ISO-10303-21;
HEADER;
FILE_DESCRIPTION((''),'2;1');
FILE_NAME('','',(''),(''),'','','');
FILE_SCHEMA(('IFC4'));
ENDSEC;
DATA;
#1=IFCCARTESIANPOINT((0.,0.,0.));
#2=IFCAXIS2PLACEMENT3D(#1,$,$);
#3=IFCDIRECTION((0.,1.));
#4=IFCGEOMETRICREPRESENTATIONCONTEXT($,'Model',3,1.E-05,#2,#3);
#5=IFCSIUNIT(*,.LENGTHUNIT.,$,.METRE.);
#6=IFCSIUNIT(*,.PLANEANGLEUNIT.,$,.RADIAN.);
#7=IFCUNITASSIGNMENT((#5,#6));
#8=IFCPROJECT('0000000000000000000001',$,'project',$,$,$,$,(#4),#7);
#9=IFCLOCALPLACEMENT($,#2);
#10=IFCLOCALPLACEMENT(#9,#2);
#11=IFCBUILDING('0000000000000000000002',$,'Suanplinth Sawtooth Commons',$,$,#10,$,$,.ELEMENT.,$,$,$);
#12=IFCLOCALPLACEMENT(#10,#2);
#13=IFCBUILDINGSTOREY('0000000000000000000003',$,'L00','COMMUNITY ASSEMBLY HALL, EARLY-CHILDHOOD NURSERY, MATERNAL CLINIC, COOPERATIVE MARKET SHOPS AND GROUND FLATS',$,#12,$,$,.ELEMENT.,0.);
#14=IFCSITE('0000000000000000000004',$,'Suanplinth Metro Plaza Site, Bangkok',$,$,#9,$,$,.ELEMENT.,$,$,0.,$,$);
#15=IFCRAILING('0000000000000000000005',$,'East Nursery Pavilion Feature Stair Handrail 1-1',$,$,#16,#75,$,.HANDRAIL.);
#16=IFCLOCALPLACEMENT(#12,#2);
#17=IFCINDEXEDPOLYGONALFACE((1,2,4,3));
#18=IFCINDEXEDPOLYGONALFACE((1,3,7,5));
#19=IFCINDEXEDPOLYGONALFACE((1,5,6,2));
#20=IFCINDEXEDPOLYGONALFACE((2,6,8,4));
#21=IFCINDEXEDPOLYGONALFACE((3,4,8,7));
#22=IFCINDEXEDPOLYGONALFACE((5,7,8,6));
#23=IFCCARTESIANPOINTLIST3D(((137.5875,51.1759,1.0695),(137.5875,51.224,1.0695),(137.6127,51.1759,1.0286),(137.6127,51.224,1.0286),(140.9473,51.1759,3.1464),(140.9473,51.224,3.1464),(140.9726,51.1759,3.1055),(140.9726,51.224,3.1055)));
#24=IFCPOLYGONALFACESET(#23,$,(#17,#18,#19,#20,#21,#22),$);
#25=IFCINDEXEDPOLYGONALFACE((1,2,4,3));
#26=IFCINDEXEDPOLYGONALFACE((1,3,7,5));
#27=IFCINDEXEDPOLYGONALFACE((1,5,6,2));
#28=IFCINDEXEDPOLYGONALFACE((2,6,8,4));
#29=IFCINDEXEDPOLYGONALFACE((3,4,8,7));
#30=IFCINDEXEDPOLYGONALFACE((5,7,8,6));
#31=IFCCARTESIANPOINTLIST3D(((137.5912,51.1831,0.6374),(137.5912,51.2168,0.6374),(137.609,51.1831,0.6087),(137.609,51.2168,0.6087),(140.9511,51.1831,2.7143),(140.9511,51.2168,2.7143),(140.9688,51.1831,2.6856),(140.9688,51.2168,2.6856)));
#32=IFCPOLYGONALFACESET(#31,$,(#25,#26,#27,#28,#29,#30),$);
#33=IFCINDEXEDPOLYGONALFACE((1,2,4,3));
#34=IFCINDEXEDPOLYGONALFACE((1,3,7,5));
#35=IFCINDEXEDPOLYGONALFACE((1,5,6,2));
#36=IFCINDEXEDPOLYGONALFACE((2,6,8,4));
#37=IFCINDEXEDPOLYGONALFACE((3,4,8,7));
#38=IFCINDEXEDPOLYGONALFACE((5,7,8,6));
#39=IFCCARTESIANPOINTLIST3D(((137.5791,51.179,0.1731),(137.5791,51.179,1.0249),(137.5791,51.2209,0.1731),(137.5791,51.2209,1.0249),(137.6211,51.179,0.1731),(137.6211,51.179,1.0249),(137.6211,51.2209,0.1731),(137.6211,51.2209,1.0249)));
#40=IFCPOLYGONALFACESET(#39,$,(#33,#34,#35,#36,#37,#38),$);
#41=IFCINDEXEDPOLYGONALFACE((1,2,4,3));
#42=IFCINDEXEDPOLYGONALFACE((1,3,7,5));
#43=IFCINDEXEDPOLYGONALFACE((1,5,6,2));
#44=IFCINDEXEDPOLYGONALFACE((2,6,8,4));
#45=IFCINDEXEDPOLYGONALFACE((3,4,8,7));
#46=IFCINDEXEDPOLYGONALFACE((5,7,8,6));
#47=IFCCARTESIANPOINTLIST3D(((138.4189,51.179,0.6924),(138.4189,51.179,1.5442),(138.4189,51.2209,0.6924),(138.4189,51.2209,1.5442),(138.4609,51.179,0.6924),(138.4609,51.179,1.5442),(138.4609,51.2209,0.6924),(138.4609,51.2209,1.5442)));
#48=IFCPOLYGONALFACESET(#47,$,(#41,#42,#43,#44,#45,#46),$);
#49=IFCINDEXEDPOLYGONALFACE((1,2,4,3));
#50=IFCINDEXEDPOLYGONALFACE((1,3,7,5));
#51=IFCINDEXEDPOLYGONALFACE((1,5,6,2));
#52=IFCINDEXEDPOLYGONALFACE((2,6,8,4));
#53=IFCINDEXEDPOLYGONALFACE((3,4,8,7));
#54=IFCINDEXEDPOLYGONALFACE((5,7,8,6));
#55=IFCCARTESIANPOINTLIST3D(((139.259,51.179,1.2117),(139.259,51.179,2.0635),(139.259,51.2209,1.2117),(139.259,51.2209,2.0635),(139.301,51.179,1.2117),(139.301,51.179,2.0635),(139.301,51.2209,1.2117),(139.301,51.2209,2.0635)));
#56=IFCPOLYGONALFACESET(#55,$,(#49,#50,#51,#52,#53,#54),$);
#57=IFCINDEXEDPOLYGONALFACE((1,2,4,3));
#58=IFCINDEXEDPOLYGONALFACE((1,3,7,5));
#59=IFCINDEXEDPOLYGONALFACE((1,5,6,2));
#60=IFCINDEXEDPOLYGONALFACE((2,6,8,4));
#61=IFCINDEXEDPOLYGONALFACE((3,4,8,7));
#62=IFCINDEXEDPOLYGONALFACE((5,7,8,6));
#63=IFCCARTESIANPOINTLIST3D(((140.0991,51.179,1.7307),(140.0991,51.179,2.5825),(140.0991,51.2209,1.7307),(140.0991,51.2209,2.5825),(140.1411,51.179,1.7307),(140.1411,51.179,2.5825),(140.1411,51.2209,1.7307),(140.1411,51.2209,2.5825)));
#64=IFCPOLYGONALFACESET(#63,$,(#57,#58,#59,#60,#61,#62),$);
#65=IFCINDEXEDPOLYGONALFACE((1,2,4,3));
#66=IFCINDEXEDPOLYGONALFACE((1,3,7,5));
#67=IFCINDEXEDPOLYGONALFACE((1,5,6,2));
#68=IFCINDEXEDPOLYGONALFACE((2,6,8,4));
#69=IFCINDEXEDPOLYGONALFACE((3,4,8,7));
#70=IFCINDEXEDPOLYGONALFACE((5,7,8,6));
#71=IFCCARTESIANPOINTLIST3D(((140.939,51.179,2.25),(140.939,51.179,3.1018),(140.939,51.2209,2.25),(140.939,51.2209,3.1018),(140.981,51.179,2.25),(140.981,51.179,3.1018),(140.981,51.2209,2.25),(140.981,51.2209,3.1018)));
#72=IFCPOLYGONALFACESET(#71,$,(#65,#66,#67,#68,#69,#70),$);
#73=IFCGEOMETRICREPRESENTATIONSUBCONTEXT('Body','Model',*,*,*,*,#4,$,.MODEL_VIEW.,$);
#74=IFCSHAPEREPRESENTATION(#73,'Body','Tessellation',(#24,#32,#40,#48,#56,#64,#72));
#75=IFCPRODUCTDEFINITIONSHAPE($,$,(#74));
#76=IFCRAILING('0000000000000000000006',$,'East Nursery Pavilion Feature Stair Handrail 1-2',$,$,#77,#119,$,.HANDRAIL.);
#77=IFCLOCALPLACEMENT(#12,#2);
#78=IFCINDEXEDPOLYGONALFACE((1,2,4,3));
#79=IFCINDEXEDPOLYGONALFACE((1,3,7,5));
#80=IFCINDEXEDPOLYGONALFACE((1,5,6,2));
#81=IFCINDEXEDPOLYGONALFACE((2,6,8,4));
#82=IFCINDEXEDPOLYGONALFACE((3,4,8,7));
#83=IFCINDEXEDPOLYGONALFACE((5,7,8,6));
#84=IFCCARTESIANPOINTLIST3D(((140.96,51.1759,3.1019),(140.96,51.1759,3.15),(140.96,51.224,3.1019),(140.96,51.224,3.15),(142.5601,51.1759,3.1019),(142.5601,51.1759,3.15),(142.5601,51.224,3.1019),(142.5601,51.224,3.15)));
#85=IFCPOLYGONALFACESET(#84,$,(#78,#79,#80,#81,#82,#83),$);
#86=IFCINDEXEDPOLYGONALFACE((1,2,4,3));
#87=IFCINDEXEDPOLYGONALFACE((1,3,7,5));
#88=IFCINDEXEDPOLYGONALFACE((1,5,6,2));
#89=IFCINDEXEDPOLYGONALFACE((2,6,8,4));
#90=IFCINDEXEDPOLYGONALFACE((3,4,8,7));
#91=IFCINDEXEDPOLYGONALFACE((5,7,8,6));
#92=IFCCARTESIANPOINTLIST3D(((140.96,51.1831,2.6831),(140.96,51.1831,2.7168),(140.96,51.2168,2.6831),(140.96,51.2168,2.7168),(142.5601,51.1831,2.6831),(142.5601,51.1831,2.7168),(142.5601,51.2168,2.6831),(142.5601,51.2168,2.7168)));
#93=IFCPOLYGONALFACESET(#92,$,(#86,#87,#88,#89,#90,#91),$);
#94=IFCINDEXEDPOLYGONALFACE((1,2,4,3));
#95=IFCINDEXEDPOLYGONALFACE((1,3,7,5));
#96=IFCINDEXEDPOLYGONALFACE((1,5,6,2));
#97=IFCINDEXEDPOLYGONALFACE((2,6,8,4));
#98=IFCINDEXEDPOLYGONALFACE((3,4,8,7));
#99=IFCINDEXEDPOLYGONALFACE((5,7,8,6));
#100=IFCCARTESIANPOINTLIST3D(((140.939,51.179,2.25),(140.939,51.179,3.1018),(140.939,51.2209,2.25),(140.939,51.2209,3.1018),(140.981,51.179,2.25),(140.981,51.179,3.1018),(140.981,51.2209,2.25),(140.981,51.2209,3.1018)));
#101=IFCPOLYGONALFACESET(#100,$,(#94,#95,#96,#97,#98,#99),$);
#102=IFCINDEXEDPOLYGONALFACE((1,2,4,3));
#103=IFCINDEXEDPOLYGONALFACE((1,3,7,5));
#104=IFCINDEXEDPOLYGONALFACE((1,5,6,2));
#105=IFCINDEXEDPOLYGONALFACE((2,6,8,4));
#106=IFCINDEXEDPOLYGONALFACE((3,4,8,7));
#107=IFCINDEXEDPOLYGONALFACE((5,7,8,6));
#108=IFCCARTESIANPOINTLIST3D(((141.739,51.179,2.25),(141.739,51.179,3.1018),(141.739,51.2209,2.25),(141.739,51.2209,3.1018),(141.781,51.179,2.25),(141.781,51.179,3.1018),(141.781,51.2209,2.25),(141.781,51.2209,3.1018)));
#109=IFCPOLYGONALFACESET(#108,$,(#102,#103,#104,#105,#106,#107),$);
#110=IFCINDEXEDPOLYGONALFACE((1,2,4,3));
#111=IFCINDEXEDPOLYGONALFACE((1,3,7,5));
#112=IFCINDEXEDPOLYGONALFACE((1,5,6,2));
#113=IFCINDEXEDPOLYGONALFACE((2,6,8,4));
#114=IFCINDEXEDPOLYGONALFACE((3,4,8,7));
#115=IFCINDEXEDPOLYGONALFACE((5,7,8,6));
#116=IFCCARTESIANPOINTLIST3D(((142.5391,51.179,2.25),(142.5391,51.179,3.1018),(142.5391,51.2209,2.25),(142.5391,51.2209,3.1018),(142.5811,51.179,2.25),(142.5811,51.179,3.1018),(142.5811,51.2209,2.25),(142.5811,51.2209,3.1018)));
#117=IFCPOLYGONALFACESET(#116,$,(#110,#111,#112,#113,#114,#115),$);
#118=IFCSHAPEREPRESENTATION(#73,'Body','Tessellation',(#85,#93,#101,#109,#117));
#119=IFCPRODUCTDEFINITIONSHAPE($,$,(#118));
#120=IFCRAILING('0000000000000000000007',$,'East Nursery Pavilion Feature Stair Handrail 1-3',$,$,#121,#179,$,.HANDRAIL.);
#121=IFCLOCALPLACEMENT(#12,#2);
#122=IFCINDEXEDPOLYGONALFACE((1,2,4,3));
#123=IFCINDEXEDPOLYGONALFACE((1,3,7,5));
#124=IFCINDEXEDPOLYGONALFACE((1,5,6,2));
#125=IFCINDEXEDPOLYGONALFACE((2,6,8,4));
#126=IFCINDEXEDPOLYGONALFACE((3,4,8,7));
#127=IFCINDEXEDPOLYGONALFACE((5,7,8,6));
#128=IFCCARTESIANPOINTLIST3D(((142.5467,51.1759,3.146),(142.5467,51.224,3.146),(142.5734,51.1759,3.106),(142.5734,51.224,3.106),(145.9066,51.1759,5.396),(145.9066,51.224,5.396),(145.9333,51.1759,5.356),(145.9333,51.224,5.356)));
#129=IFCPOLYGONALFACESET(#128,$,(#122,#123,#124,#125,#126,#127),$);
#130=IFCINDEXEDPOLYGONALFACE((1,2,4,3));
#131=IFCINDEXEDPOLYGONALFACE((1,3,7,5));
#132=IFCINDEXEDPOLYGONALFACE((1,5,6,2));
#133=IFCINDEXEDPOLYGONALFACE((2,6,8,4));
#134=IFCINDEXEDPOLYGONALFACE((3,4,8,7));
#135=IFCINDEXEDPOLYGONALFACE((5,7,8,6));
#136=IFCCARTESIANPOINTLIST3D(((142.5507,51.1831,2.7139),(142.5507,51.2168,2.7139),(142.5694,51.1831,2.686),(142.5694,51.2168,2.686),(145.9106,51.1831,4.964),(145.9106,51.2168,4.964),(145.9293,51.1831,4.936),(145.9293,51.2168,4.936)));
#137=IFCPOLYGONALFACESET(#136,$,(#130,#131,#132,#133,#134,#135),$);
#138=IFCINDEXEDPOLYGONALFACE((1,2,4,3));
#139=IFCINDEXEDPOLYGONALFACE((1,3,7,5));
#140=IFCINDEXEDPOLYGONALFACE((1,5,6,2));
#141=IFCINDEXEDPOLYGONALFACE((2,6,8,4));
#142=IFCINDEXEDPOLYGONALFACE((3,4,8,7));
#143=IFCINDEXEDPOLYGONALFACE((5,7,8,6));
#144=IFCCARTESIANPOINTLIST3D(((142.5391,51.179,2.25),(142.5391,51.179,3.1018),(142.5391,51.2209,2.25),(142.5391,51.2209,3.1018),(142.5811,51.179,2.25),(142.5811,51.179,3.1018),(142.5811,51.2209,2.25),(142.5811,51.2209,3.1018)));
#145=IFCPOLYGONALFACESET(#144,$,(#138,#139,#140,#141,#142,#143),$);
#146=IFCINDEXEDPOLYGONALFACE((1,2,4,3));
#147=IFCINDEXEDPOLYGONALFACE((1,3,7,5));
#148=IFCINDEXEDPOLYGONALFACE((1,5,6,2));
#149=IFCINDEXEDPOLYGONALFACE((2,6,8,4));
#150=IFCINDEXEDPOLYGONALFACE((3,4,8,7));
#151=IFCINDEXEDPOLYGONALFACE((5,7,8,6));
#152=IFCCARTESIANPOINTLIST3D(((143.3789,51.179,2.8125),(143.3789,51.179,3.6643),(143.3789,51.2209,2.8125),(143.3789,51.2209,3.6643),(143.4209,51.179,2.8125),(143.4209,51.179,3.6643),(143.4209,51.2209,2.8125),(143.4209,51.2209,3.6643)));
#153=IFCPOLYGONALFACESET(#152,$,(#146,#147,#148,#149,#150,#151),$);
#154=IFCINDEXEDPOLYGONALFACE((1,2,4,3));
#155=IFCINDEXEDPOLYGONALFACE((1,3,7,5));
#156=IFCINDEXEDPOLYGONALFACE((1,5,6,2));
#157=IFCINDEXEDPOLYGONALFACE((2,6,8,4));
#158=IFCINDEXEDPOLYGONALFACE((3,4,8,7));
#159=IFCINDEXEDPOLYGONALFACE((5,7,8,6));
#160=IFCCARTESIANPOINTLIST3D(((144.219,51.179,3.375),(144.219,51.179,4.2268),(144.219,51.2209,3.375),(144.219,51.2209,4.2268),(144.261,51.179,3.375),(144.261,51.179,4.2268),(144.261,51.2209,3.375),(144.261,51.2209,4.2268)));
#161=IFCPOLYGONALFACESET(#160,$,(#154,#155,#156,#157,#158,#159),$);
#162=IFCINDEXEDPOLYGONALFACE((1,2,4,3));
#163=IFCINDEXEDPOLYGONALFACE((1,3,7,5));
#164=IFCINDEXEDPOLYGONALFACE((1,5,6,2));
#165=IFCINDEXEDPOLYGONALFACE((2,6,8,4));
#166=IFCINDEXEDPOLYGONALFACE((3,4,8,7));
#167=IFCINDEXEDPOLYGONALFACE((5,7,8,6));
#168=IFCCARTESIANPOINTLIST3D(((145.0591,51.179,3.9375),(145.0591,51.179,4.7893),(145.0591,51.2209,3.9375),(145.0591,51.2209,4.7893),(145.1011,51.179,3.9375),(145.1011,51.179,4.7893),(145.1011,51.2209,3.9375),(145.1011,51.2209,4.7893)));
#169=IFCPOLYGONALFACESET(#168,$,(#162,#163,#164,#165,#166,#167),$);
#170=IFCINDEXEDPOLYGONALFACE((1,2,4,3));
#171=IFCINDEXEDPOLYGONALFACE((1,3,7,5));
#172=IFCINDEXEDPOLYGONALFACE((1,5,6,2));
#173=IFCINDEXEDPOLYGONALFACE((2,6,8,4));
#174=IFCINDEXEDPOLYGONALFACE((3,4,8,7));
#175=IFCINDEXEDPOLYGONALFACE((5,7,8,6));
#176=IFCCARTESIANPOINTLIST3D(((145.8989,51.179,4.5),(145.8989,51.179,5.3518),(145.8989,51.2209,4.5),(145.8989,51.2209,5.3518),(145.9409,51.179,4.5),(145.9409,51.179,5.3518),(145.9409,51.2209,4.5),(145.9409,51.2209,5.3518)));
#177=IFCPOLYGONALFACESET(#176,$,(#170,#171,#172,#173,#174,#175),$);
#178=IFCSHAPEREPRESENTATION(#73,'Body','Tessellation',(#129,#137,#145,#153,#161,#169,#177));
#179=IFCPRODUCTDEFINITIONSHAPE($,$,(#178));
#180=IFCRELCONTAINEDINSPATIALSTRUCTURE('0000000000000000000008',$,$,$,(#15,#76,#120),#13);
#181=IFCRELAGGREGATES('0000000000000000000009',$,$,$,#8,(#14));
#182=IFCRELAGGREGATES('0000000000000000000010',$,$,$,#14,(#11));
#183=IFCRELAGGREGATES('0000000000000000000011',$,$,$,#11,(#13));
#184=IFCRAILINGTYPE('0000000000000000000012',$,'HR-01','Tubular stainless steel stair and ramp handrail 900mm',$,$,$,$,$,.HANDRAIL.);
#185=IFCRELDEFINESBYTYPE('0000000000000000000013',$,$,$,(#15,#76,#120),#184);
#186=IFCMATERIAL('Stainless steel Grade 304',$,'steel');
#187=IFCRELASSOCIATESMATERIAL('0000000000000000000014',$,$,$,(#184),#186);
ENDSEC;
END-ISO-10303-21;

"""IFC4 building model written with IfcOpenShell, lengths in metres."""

from ifc_helpers import new_model, si_unit, direction, frame, origin, origin_2d, place, context, subcontext, project, spatial, rectangle, extrude, material, type_object, element, save


model = new_model("IFC4")

# Units and contexts
model_context = context("Model", 3, precision=1e-05, world=origin(), true_north=direction((0.0, 1.0)))
body_context = subcontext(model_context, "Body", "Model", "MODEL_VIEW")
ifc_project = project(units=[si_unit("LENGTHUNIT", "METRE"), si_unit("PLANEANGLEUNIT", "RADIAN")], contexts=[model_context])

# Site, building, storey
site_placement = place(None, origin())
site = spatial("IfcSite", under=ifc_project, at=site_placement, Name="Suanplinth Metro Plaza Site, Bangkok", CompositionType="ELEMENT", RefElevation=0.0)
building_placement = place(site_placement, origin())
building = spatial("IfcBuilding", under=site, at=building_placement, Name="Suanplinth Sawtooth Commons", CompositionType="ELEMENT")
storey_placement = place(building_placement, origin())
storey = spatial("IfcBuildingStorey", under=building, at=storey_placement, Name="L00", Description="COMMUNITY ASSEMBLY HALL, EARLY-CHILDHOOD NURSERY, MATERNAL CLINIC, COOPERATIVE MARKET SHOPS AND GROUND FLATS", CompositionType="ELEMENT", Elevation=0.0)

# Railings
ifc_material_1 = material(Name="Stainless steel Grade 304", Category="steel")
railing_type_1 = type_object("IfcRailingType", Name="HR-01", Description="Tubular stainless steel stair and ramp handrail 900mm", PredefinedType="HANDRAIL", material=ifc_material_1)
railing_1_placement = place(storey_placement, frame((137.6001, 51.2, 0.1731)))
element("IfcRailing", 1, at=railing_1_placement, inside=storey, type_object=railing_type_1, Name="East Nursery Pavilion Feature Stair Handrail 1-1", PredefinedType="HANDRAIL", context=body_context, shape_type="SweptSolid", body=[
    extrude(rectangle(XDim=0.0481, YDim=0.0481, at=origin_2d()), frame((0.0, 0.0, 0.876), z_axis=(0.850606, 0.0, 0.525803), x_axis=(0.0, 1.0, 0.0)), (0.0, 0.0, 1.0), 3.95),
    extrude(rectangle(XDim=0.0337, YDim=0.0337, at=origin_2d()), frame((0.0, 0.0, 0.45), z_axis=(0.850606, 0.0, 0.525803), x_axis=(0.0, 1.0, 0.0)), (0.0, 0.0, 1.0), 3.95),
    extrude(rectangle(XDim=0.042, YDim=0.042, at=origin_2d()), origin(), (0.0, 0.0, 1.0), 0.8518),
    extrude(rectangle(XDim=0.042, YDim=0.042, at=origin_2d()), frame((0.8398, 0.0, 0.5193)), (0.0, 0.0, 1.0), 0.8518),
    extrude(rectangle(XDim=0.042, YDim=0.042, at=origin_2d()), frame((1.6799, 0.0, 1.0386)), (0.0, 0.0, 1.0), 0.8518),
    extrude(rectangle(XDim=0.042, YDim=0.042, at=origin_2d()), frame((2.52, 0.0, 1.5576)), (0.0, 0.0, 1.0), 0.8518),
    extrude(rectangle(XDim=0.042, YDim=0.042, at=origin_2d()), frame((3.3599, 0.0, 2.0769)), (0.0, 0.0, 1.0), 0.8518),
])
railing_2_placement = place(storey_placement, frame((140.96, 51.2, 2.25)))
element("IfcRailing", 2, at=railing_2_placement, inside=storey, type_object=railing_type_1, Name="East Nursery Pavilion Feature Stair Handrail 1-2", PredefinedType="HANDRAIL", context=body_context, shape_type="SweptSolid", body=[
    extrude(rectangle(XDim=0.0481, YDim=0.0481, at=origin_2d()), frame((0.0, 0.0, 0.876), z_axis=(1.0, 0.0, 0.0), x_axis=(0.0, 1.0, 0.0)), (0.0, 0.0, 1.0), 1.6001),
    extrude(rectangle(XDim=0.0337, YDim=0.0337, at=origin_2d()), frame((0.0, 0.0, 0.45), z_axis=(1.0, 0.0, 0.0), x_axis=(0.0, 1.0, 0.0)), (0.0, 0.0, 1.0), 1.6001),
    extrude(rectangle(XDim=0.042, YDim=0.042, at=origin_2d()), origin(), (0.0, 0.0, 1.0), 0.8518),
    extrude(rectangle(XDim=0.042, YDim=0.042, at=origin_2d()), frame((0.8, 0.0, 0.0)), (0.0, 0.0, 1.0), 0.8518),
    extrude(rectangle(XDim=0.042, YDim=0.042, at=origin_2d()), frame((1.6001, 0.0, 0.0)), (0.0, 0.0, 1.0), 0.8518),
])
railing_3_placement = place(storey_placement, frame((142.5601, 51.2, 2.25)))
element("IfcRailing", 3, at=railing_3_placement, inside=storey, type_object=railing_type_1, Name="East Nursery Pavilion Feature Stair Handrail 1-3", PredefinedType="HANDRAIL", context=body_context, shape_type="SweptSolid", body=[
    extrude(rectangle(XDim=0.0481, YDim=0.0481, at=origin_2d()), frame((0.0, 0.0, 0.876), z_axis=(0.830897, 0.0, 0.556427), x_axis=(0.0, 1.0, 0.0)), (0.0, 0.0, 1.0), 4.0437),
    extrude(rectangle(XDim=0.0337, YDim=0.0337, at=origin_2d()), frame((0.0, 0.0, 0.45), z_axis=(0.830897, 0.0, 0.556427), x_axis=(0.0, 1.0, 0.0)), (0.0, 0.0, 1.0), 4.0437),
    extrude(rectangle(XDim=0.042, YDim=0.042, at=origin_2d()), origin(), (0.0, 0.0, 1.0), 0.8518),
    extrude(rectangle(XDim=0.042, YDim=0.042, at=origin_2d()), frame((0.8398, 0.0, 0.5625)), (0.0, 0.0, 1.0), 0.8518),
    extrude(rectangle(XDim=0.042, YDim=0.042, at=origin_2d()), frame((1.6799, 0.0, 1.125)), (0.0, 0.0, 1.0), 0.8518),
    extrude(rectangle(XDim=0.042, YDim=0.042, at=origin_2d()), frame((2.52, 0.0, 1.6875)), (0.0, 0.0, 1.0), 0.8518),
    extrude(rectangle(XDim=0.042, YDim=0.042, at=origin_2d()), frame((3.3599, 0.0, 2.25)), (0.0, 0.0, 1.0), 0.8518),
])

save(model, "model.ifc")
